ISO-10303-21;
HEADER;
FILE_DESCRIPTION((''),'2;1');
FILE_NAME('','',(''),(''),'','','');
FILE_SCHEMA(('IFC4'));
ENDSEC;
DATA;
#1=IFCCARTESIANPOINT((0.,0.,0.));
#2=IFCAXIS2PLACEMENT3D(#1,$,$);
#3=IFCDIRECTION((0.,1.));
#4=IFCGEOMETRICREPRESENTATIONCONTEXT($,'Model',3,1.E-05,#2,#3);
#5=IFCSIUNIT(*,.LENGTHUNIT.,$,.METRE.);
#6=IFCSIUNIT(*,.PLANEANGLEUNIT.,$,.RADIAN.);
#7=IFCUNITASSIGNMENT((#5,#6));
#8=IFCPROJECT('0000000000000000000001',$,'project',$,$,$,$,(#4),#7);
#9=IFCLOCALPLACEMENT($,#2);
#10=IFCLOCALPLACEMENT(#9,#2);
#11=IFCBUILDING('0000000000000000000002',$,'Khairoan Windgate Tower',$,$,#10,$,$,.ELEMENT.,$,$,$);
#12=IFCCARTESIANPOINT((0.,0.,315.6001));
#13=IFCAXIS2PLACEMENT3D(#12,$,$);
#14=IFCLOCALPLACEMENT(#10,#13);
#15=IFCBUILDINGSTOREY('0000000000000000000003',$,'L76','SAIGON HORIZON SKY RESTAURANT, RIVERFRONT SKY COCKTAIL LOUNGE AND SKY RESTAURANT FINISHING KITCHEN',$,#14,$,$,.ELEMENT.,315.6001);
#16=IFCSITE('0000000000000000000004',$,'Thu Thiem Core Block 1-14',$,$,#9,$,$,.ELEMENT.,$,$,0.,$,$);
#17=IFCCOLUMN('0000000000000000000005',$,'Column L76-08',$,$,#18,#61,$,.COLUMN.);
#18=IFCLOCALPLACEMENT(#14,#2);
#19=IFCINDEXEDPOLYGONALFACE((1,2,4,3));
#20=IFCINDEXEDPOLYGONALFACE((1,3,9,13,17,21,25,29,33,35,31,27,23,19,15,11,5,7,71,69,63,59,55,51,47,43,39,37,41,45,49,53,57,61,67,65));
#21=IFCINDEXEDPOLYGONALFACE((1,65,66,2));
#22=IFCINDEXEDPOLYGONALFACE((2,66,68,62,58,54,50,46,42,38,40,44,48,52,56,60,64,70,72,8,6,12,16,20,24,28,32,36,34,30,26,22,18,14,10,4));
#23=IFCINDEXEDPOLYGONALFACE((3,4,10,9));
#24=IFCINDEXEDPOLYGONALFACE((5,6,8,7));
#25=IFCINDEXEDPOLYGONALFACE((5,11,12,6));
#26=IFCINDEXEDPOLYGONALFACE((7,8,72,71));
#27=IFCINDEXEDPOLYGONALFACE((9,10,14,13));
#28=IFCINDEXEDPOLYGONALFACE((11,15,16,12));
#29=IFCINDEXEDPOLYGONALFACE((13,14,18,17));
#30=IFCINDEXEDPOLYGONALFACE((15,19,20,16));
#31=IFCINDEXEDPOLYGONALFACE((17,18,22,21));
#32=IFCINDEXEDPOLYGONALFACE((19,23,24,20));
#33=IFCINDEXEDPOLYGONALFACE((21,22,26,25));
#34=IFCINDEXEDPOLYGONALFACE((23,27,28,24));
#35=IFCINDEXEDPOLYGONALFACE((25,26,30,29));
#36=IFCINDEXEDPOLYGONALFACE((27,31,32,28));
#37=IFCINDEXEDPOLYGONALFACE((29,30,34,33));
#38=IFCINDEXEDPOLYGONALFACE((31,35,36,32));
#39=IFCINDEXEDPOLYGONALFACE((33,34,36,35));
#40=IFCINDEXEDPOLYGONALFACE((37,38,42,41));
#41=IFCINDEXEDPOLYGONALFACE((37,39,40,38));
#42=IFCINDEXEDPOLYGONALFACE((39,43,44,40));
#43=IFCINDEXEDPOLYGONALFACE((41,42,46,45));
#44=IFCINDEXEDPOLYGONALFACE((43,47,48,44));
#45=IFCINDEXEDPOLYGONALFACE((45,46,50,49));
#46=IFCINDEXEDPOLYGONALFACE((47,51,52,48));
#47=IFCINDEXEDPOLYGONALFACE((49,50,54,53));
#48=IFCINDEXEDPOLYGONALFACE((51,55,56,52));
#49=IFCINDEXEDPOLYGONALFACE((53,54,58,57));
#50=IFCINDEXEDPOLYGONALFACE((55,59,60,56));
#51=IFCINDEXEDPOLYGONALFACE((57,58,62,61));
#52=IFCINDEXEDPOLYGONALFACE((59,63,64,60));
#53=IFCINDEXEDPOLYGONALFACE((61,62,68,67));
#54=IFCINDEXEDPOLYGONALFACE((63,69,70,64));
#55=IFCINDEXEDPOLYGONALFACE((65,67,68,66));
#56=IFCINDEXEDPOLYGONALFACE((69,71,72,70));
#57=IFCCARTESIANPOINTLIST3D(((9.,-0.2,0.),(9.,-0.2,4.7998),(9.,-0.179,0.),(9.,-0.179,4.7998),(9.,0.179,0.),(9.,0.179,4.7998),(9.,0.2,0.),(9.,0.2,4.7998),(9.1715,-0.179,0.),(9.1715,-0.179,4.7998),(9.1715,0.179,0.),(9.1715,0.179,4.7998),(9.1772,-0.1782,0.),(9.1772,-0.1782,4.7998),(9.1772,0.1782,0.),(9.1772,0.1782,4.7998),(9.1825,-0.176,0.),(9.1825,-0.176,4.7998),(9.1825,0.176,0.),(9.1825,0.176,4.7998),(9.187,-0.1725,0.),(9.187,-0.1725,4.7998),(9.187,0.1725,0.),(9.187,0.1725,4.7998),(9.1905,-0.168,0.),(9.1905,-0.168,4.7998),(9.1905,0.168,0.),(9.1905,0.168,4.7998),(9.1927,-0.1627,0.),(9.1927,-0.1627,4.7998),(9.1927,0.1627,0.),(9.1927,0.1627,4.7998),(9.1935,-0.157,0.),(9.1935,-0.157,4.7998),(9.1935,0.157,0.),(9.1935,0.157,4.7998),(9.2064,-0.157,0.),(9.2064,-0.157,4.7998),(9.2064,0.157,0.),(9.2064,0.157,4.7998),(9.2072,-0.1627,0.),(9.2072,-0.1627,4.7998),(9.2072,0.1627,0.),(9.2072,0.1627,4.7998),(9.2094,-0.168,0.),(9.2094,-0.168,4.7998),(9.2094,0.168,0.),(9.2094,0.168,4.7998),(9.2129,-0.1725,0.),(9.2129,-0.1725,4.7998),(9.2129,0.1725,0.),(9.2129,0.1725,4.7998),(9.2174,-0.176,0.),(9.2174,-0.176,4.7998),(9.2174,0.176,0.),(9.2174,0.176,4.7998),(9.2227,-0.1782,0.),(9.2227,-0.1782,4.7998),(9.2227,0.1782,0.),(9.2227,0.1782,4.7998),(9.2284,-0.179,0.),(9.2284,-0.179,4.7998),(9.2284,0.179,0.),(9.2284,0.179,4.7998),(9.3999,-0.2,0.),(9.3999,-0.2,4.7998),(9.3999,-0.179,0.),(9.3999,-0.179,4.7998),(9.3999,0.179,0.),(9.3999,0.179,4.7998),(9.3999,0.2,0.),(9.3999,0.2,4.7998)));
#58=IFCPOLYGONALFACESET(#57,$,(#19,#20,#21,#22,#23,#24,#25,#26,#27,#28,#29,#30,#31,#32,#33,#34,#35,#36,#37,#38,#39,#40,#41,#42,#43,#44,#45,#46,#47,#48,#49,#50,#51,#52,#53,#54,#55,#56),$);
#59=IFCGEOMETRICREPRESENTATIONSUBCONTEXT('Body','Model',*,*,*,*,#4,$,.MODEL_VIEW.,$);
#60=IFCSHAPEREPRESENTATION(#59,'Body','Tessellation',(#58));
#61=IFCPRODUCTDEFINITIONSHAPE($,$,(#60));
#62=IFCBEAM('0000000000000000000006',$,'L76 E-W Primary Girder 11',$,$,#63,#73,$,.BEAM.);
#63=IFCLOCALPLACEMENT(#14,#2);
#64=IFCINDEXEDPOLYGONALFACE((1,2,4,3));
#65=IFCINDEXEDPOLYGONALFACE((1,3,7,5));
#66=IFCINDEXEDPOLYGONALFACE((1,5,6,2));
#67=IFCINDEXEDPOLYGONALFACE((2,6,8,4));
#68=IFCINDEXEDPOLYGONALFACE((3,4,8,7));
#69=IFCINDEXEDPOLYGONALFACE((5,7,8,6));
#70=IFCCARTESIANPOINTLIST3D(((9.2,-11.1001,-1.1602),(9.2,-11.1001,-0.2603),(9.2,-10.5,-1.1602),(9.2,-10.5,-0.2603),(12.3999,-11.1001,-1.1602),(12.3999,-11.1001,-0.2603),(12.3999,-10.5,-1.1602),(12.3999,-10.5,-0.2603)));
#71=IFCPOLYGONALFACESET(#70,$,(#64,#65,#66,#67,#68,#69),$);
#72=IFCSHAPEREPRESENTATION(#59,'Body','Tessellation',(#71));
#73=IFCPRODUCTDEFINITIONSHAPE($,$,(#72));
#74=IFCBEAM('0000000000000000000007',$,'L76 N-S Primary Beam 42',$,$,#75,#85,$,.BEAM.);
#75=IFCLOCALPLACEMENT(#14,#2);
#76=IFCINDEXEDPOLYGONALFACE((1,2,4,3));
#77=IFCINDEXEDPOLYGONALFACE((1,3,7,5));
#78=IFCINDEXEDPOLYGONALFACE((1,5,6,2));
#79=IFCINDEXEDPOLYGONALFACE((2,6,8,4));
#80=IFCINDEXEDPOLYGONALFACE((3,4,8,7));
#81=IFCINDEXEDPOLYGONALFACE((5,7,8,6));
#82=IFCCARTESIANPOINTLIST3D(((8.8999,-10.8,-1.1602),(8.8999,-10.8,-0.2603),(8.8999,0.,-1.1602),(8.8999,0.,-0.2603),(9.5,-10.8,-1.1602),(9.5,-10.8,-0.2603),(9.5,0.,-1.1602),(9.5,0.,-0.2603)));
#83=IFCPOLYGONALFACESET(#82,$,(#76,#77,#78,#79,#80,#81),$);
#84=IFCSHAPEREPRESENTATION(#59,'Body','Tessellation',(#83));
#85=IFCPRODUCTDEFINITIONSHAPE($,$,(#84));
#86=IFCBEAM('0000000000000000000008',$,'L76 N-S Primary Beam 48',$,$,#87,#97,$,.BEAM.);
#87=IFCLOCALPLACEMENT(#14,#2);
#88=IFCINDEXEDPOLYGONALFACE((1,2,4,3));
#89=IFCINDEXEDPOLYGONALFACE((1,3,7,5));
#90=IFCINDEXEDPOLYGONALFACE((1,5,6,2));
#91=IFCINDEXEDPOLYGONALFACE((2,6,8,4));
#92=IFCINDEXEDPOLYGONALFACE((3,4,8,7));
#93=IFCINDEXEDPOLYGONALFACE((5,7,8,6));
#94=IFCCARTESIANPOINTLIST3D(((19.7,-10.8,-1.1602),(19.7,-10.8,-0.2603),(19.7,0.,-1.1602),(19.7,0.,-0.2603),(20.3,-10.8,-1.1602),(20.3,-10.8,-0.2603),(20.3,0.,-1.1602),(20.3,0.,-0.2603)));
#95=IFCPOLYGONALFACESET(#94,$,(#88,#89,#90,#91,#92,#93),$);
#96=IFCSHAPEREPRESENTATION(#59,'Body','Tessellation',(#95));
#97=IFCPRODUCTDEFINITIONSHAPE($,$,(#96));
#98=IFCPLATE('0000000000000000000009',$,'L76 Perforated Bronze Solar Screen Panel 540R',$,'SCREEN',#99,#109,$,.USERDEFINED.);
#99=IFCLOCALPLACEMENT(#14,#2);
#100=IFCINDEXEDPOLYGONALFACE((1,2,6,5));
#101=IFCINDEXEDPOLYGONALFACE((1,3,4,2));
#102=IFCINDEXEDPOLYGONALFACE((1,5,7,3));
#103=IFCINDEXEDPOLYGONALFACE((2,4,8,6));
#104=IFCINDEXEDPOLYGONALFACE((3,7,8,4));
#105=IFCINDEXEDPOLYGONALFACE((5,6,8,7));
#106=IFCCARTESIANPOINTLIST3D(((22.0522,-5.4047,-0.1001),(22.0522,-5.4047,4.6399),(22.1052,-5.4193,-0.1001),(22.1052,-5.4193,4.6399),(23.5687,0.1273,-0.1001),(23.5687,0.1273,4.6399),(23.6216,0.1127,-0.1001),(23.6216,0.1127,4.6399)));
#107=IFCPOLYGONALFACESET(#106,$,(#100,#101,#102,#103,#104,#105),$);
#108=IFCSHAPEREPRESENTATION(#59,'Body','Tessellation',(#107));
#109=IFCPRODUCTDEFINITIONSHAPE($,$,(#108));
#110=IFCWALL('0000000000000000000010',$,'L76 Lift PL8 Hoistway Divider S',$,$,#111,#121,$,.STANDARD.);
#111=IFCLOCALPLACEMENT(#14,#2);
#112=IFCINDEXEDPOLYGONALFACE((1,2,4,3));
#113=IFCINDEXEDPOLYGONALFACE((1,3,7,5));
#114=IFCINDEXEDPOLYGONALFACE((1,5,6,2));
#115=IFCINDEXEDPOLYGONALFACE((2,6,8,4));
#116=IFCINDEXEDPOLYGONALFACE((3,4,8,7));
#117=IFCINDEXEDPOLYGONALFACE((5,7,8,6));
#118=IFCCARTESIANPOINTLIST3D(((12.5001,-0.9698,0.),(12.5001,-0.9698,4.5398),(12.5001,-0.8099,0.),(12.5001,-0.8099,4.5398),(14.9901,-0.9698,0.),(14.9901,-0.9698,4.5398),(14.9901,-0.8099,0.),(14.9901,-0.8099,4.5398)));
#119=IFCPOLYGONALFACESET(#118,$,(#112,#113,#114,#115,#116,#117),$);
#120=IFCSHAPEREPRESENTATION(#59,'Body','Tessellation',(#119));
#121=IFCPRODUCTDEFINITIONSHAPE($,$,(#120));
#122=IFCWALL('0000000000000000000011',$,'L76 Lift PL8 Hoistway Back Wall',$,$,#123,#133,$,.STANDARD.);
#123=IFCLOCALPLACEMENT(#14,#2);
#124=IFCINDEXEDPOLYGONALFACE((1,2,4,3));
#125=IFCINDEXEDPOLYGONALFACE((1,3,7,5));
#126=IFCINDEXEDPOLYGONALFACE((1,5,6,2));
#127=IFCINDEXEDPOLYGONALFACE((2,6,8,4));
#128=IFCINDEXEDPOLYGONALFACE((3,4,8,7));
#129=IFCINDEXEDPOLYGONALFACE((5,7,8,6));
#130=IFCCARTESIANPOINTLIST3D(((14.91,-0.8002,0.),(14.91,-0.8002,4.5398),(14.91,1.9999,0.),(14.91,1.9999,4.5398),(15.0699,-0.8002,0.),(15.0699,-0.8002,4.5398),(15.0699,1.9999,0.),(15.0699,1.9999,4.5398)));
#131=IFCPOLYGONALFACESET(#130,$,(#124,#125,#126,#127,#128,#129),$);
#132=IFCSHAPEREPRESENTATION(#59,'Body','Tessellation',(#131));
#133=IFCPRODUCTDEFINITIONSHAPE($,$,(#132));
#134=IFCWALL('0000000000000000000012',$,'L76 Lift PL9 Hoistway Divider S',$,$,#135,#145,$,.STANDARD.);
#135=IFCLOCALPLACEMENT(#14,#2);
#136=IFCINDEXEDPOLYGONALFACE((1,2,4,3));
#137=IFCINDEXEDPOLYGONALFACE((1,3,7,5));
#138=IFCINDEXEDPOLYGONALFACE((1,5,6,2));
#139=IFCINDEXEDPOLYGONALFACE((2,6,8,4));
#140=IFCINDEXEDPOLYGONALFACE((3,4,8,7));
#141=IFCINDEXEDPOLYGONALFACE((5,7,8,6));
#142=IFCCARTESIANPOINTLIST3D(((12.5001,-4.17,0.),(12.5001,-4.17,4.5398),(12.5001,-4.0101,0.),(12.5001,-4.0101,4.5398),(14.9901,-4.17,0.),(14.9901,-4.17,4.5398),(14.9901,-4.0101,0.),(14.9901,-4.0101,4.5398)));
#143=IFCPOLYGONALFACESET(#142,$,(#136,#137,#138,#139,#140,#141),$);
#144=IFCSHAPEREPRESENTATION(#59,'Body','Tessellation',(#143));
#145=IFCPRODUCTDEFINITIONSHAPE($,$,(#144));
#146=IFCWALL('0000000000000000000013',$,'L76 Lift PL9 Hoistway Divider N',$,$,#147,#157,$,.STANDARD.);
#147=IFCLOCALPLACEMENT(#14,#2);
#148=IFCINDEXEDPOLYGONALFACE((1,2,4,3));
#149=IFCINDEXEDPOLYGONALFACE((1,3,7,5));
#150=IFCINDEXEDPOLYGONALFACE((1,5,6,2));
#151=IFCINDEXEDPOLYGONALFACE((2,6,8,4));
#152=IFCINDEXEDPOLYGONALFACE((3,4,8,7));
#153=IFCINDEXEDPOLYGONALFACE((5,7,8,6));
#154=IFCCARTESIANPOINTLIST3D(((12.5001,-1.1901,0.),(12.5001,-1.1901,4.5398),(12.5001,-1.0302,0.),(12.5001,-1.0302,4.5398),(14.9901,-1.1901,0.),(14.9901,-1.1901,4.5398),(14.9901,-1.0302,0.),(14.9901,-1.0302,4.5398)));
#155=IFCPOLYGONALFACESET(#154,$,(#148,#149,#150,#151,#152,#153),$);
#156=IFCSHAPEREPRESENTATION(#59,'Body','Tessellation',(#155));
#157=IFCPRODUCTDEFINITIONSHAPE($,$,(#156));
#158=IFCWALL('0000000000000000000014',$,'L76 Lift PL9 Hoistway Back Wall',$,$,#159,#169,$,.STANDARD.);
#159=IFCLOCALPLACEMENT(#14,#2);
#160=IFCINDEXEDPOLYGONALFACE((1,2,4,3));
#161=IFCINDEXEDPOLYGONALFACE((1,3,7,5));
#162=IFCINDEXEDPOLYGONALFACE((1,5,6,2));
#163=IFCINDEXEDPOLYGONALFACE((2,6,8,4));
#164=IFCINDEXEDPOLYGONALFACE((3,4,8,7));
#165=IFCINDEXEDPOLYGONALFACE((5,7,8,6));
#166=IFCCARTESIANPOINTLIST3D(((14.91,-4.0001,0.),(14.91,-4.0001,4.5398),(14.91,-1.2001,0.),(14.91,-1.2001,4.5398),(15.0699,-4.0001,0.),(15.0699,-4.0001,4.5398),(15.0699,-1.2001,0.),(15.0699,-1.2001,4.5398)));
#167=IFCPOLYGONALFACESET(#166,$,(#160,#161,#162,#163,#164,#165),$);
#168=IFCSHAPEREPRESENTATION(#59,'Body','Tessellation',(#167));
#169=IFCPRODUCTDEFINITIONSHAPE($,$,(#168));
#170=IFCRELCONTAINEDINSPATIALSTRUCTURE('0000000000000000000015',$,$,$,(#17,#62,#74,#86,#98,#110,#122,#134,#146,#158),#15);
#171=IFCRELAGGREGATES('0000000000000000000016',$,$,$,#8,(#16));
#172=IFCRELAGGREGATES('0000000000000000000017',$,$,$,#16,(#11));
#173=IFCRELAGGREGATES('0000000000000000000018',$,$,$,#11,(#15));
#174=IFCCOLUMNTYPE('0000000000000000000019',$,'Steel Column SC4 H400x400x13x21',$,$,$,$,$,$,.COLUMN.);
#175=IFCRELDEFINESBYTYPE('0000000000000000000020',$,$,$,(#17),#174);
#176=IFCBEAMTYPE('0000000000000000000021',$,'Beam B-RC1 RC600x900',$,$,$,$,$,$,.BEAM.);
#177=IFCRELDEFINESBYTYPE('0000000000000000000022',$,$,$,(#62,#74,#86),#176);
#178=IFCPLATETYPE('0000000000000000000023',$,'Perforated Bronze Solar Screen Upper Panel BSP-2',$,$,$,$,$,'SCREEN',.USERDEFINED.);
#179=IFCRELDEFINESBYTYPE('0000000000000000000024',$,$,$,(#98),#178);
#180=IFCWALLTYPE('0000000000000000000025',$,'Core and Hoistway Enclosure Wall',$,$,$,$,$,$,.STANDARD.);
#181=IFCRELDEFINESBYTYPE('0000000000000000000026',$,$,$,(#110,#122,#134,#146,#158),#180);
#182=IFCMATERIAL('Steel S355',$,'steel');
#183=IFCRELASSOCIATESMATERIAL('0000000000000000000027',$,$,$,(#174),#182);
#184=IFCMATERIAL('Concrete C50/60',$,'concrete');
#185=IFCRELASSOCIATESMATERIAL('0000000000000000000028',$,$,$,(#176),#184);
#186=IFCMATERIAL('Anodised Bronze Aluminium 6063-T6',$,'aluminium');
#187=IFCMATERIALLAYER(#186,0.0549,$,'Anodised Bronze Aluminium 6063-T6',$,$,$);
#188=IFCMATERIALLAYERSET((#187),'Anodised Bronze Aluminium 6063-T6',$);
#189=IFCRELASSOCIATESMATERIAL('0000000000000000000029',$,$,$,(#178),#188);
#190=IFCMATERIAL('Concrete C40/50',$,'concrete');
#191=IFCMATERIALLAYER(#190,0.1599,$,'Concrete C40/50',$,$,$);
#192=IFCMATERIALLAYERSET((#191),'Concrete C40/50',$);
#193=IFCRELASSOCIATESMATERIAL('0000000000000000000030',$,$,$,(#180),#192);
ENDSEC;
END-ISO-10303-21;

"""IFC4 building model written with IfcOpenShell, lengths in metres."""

from ifc_helpers import new_model, si_unit, direction, frame, frame_2d, origin, origin_2d, place, context, subcontext, project, spatial, rectangle, i_section, extrude, material, layer, layer_set, material_profile, profile_set, type_object, element, save


model = new_model("IFC4")

# Units and contexts
model_context = context("Model", 3, precision=1e-05, world=origin(), true_north=direction((0.0, 1.0)))
body_context = subcontext(model_context, "Body", "Model", "MODEL_VIEW")
ifc_project = project(units=[si_unit("LENGTHUNIT", "METRE"), si_unit("PLANEANGLEUNIT", "RADIAN")], contexts=[model_context])

# Site, building, storey
site_placement = place(None, origin())
site = spatial("IfcSite", under=ifc_project, at=site_placement, Name="Thu Thiem Core Block 1-14", CompositionType="ELEMENT", RefElevation=0.0)
building_placement = place(site_placement, origin())
building = spatial("IfcBuilding", under=site, at=building_placement, Name="Khairoan Windgate Tower", CompositionType="ELEMENT")
storey_placement = place(building_placement, frame((0.0, 0.0, 315.6001)))
storey = spatial("IfcBuildingStorey", under=building, at=storey_placement, Name="L76", Description="SAIGON HORIZON SKY RESTAURANT, RIVERFRONT SKY COCKTAIL LOUNGE AND SKY RESTAURANT FINISHING KITCHEN", CompositionType="ELEMENT", Elevation=315.6001)

# Column
ifc_material_1 = material(Name="Steel S355", Category="steel")
ifc_material_profile_1 = material_profile(ifc_material_1, i_section(OverallWidth=0.3999, OverallDepth=0.3999, WebThickness=0.0129, FlangeThickness=0.021, FilletRadius=0.022, at=origin_2d()))
ifc_profile_set_1 = profile_set([ifc_material_profile_1], Name="Steel S355")
column_type = type_object("IfcColumnType", Name="Steel Column SC4 H400x400x13x21", PredefinedType="COLUMN", material=ifc_profile_set_1)
column_placement = place(storey_placement, frame((9.2, 0.0, 0.0), z_axis=(0.0, 0.0, 1.0), x_axis=(1.0, 0.0, 0.0)))
element("IfcColumn", 1, at=column_placement, inside=storey, type_object=column_type, Name="Column L76-08", PredefinedType="COLUMN", context=body_context, shape_type="SweptSolid", body=[
    extrude(i_section(OverallWidth=0.3999, OverallDepth=0.3999, WebThickness=0.0129, FlangeThickness=0.021, FilletRadius=0.022, at=origin_2d()), origin(), (0.0, 0.0, 1.0), 4.7998),
])

# Beams
ifc_material_2 = material(Name="Concrete C50/60", Category="concrete")
ifc_material_profile_2 = material_profile(ifc_material_2, rectangle(XDim=0.6001, YDim=0.8999, at=origin_2d()))
ifc_profile_set_2 = profile_set([ifc_material_profile_2], Name="Concrete C50/60")
beam_type = type_object("IfcBeamType", Name="Beam B-RC1 RC600x900", PredefinedType="BEAM", material=ifc_profile_set_2)
beam_placement = place(storey_placement, frame((9.2, -10.8, -0.7102), z_axis=(1.0, 0.0, 0.0), x_axis=(0.0, 1.0, 0.0)))
element("IfcBeam", 2, at=beam_placement, inside=storey, type_object=beam_type, Name="L76 E-W Primary Girder 11", PredefinedType="BEAM", context=body_context, shape_type="SweptSolid", body=[
    extrude(rectangle(XDim=0.6001, YDim=0.8999, at=origin_2d()), origin(), (0.0, 0.0, 1.0), 3.2),
])
for number, where, z_axis, x_axis, name in (
    (3, (9.2, -10.8, -0.7102), (0.0, 1.0, 0.0), (-1.0, 0.0, 0.0), "L76 N-S Primary Beam 42"),
    (4, (20.0, -10.8, -0.7102), (0.0, 1.0, 0.0), (-1.0, 0.0, 0.0), "L76 N-S Primary Beam 48"),
):
    element("IfcBeam", number, at=place(storey_placement, frame(where, z_axis=z_axis, x_axis=x_axis)), inside=storey, type_object=beam_type, Name=name, PredefinedType="BEAM", context=body_context, shape_type="SweptSolid", body=[
        extrude(rectangle(XDim=0.6001, YDim=0.8999, at=origin_2d()), origin(), (0.0, 0.0, 1.0), 10.8),
    ])

# Plate
ifc_material_3 = material(Name="Anodised Bronze Aluminium 6063-T6", Category="aluminium")
ifc_layer_1 = layer(ifc_material_3, 0.0549, Name="Anodised Bronze Aluminium 6063-T6")
ifc_layer_set_1 = layer_set([ifc_layer_1], Name="Anodised Bronze Aluminium 6063-T6")
plate_type = type_object("IfcPlateType", Name="Perforated Bronze Solar Screen Upper Panel BSP-2", ElementType="SCREEN", PredefinedType="USERDEFINED", material=ifc_layer_set_1)
plate_placement = place(storey_placement, frame((22.8369, -2.646, -0.1001), z_axis=(0.0, 0.0, 1.0), x_axis=(-0.264378, -0.964419, 0.0)))
element("IfcPlate", 5, at=plate_placement, inside=storey, type_object=plate_type, Name="L76 Perforated Bronze Solar Screen Panel 540R", ObjectType="SCREEN", PredefinedType="USERDEFINED", context=body_context, shape_type="SweptSolid", body=[
    extrude(rectangle(XDim=5.7361, YDim=0.0549, at=origin_2d()), origin(), (0.0, 0.0, 1.0), 4.74),
])

# Walls
ifc_material_4 = material(Name="Concrete C40/50", Category="concrete")
ifc_layer_2 = layer(ifc_material_4, 0.1599, Name="Concrete C40/50")
ifc_layer_set_2 = layer_set([ifc_layer_2], Name="Concrete C40/50")
wall_type_1 = type_object("IfcWallType", Name="Core and Hoistway Enclosure Wall", PredefinedType="STANDARD", material=ifc_layer_set_2)
wall_1_placement = place(storey_placement, frame((12.5, -0.8899, 0.0), z_axis=(0.0, 0.0, 1.0), x_axis=(1.0, 0.0, 0.0)))
element("IfcWall", 6, at=wall_1_placement, inside=storey, type_object=wall_type_1, Name="L76 Lift PL8 Hoistway Divider S", PredefinedType="STANDARD", context=body_context, shape_type="SweptSolid", body=[
    extrude(rectangle(XDim=2.49, YDim=0.1599, at=frame_2d((1.2451, 0.0))), origin(), (0.0, 0.0, 1.0), 4.5398),
])
wall_2_placement = place(storey_placement, frame((14.99, -0.8, 0.0), z_axis=(0.0, 0.0, 1.0), x_axis=(0.0, 1.0, 0.0)))
element("IfcWall", 7, at=wall_2_placement, inside=storey, type_object=wall_type_1, Name="L76 Lift PL8 Hoistway Back Wall", PredefinedType="STANDARD", context=body_context, shape_type="SweptSolid", body=[
    extrude(rectangle(XDim=2.8, YDim=0.1599, at=frame_2d((1.3999, 0.0))), origin(), (0.0, 0.0, 1.0), 4.5398),
])
for number, where, z_axis, x_axis, name in (
    (8, (12.5, -4.0901, 0.0), (0.0, 0.0, 1.0), (1.0, 0.0, 0.0), "L76 Lift PL9 Hoistway Divider S"),
    (9, (12.5, -1.1101, 0.0), (0.0, 0.0, 1.0), (1.0, 0.0, 0.0), "L76 Lift PL9 Hoistway Divider N"),
):
    element("IfcWall", number, at=place(storey_placement, frame(where, z_axis=z_axis, x_axis=x_axis)), inside=storey, type_object=wall_type_1, Name=name, PredefinedType="STANDARD", context=body_context, shape_type="SweptSolid", body=[
        extrude(rectangle(XDim=2.49, YDim=0.1599, at=frame_2d((1.2451, 0.0))), origin(), (0.0, 0.0, 1.0), 4.5398),
    ])
wall_3_placement = place(storey_placement, frame((14.99, -4.0, 0.0), z_axis=(0.0, 0.0, 1.0), x_axis=(0.0, 1.0, 0.0)))
element("IfcWall", 10, at=wall_3_placement, inside=storey, type_object=wall_type_1, Name="L76 Lift PL9 Hoistway Back Wall", PredefinedType="STANDARD", context=body_context, shape_type="SweptSolid", body=[
    extrude(rectangle(XDim=2.8, YDim=0.1599, at=frame_2d((1.3999, 0.0))), origin(), (0.0, 0.0, 1.0), 4.5398),
])

save(model, "model.ifc")
